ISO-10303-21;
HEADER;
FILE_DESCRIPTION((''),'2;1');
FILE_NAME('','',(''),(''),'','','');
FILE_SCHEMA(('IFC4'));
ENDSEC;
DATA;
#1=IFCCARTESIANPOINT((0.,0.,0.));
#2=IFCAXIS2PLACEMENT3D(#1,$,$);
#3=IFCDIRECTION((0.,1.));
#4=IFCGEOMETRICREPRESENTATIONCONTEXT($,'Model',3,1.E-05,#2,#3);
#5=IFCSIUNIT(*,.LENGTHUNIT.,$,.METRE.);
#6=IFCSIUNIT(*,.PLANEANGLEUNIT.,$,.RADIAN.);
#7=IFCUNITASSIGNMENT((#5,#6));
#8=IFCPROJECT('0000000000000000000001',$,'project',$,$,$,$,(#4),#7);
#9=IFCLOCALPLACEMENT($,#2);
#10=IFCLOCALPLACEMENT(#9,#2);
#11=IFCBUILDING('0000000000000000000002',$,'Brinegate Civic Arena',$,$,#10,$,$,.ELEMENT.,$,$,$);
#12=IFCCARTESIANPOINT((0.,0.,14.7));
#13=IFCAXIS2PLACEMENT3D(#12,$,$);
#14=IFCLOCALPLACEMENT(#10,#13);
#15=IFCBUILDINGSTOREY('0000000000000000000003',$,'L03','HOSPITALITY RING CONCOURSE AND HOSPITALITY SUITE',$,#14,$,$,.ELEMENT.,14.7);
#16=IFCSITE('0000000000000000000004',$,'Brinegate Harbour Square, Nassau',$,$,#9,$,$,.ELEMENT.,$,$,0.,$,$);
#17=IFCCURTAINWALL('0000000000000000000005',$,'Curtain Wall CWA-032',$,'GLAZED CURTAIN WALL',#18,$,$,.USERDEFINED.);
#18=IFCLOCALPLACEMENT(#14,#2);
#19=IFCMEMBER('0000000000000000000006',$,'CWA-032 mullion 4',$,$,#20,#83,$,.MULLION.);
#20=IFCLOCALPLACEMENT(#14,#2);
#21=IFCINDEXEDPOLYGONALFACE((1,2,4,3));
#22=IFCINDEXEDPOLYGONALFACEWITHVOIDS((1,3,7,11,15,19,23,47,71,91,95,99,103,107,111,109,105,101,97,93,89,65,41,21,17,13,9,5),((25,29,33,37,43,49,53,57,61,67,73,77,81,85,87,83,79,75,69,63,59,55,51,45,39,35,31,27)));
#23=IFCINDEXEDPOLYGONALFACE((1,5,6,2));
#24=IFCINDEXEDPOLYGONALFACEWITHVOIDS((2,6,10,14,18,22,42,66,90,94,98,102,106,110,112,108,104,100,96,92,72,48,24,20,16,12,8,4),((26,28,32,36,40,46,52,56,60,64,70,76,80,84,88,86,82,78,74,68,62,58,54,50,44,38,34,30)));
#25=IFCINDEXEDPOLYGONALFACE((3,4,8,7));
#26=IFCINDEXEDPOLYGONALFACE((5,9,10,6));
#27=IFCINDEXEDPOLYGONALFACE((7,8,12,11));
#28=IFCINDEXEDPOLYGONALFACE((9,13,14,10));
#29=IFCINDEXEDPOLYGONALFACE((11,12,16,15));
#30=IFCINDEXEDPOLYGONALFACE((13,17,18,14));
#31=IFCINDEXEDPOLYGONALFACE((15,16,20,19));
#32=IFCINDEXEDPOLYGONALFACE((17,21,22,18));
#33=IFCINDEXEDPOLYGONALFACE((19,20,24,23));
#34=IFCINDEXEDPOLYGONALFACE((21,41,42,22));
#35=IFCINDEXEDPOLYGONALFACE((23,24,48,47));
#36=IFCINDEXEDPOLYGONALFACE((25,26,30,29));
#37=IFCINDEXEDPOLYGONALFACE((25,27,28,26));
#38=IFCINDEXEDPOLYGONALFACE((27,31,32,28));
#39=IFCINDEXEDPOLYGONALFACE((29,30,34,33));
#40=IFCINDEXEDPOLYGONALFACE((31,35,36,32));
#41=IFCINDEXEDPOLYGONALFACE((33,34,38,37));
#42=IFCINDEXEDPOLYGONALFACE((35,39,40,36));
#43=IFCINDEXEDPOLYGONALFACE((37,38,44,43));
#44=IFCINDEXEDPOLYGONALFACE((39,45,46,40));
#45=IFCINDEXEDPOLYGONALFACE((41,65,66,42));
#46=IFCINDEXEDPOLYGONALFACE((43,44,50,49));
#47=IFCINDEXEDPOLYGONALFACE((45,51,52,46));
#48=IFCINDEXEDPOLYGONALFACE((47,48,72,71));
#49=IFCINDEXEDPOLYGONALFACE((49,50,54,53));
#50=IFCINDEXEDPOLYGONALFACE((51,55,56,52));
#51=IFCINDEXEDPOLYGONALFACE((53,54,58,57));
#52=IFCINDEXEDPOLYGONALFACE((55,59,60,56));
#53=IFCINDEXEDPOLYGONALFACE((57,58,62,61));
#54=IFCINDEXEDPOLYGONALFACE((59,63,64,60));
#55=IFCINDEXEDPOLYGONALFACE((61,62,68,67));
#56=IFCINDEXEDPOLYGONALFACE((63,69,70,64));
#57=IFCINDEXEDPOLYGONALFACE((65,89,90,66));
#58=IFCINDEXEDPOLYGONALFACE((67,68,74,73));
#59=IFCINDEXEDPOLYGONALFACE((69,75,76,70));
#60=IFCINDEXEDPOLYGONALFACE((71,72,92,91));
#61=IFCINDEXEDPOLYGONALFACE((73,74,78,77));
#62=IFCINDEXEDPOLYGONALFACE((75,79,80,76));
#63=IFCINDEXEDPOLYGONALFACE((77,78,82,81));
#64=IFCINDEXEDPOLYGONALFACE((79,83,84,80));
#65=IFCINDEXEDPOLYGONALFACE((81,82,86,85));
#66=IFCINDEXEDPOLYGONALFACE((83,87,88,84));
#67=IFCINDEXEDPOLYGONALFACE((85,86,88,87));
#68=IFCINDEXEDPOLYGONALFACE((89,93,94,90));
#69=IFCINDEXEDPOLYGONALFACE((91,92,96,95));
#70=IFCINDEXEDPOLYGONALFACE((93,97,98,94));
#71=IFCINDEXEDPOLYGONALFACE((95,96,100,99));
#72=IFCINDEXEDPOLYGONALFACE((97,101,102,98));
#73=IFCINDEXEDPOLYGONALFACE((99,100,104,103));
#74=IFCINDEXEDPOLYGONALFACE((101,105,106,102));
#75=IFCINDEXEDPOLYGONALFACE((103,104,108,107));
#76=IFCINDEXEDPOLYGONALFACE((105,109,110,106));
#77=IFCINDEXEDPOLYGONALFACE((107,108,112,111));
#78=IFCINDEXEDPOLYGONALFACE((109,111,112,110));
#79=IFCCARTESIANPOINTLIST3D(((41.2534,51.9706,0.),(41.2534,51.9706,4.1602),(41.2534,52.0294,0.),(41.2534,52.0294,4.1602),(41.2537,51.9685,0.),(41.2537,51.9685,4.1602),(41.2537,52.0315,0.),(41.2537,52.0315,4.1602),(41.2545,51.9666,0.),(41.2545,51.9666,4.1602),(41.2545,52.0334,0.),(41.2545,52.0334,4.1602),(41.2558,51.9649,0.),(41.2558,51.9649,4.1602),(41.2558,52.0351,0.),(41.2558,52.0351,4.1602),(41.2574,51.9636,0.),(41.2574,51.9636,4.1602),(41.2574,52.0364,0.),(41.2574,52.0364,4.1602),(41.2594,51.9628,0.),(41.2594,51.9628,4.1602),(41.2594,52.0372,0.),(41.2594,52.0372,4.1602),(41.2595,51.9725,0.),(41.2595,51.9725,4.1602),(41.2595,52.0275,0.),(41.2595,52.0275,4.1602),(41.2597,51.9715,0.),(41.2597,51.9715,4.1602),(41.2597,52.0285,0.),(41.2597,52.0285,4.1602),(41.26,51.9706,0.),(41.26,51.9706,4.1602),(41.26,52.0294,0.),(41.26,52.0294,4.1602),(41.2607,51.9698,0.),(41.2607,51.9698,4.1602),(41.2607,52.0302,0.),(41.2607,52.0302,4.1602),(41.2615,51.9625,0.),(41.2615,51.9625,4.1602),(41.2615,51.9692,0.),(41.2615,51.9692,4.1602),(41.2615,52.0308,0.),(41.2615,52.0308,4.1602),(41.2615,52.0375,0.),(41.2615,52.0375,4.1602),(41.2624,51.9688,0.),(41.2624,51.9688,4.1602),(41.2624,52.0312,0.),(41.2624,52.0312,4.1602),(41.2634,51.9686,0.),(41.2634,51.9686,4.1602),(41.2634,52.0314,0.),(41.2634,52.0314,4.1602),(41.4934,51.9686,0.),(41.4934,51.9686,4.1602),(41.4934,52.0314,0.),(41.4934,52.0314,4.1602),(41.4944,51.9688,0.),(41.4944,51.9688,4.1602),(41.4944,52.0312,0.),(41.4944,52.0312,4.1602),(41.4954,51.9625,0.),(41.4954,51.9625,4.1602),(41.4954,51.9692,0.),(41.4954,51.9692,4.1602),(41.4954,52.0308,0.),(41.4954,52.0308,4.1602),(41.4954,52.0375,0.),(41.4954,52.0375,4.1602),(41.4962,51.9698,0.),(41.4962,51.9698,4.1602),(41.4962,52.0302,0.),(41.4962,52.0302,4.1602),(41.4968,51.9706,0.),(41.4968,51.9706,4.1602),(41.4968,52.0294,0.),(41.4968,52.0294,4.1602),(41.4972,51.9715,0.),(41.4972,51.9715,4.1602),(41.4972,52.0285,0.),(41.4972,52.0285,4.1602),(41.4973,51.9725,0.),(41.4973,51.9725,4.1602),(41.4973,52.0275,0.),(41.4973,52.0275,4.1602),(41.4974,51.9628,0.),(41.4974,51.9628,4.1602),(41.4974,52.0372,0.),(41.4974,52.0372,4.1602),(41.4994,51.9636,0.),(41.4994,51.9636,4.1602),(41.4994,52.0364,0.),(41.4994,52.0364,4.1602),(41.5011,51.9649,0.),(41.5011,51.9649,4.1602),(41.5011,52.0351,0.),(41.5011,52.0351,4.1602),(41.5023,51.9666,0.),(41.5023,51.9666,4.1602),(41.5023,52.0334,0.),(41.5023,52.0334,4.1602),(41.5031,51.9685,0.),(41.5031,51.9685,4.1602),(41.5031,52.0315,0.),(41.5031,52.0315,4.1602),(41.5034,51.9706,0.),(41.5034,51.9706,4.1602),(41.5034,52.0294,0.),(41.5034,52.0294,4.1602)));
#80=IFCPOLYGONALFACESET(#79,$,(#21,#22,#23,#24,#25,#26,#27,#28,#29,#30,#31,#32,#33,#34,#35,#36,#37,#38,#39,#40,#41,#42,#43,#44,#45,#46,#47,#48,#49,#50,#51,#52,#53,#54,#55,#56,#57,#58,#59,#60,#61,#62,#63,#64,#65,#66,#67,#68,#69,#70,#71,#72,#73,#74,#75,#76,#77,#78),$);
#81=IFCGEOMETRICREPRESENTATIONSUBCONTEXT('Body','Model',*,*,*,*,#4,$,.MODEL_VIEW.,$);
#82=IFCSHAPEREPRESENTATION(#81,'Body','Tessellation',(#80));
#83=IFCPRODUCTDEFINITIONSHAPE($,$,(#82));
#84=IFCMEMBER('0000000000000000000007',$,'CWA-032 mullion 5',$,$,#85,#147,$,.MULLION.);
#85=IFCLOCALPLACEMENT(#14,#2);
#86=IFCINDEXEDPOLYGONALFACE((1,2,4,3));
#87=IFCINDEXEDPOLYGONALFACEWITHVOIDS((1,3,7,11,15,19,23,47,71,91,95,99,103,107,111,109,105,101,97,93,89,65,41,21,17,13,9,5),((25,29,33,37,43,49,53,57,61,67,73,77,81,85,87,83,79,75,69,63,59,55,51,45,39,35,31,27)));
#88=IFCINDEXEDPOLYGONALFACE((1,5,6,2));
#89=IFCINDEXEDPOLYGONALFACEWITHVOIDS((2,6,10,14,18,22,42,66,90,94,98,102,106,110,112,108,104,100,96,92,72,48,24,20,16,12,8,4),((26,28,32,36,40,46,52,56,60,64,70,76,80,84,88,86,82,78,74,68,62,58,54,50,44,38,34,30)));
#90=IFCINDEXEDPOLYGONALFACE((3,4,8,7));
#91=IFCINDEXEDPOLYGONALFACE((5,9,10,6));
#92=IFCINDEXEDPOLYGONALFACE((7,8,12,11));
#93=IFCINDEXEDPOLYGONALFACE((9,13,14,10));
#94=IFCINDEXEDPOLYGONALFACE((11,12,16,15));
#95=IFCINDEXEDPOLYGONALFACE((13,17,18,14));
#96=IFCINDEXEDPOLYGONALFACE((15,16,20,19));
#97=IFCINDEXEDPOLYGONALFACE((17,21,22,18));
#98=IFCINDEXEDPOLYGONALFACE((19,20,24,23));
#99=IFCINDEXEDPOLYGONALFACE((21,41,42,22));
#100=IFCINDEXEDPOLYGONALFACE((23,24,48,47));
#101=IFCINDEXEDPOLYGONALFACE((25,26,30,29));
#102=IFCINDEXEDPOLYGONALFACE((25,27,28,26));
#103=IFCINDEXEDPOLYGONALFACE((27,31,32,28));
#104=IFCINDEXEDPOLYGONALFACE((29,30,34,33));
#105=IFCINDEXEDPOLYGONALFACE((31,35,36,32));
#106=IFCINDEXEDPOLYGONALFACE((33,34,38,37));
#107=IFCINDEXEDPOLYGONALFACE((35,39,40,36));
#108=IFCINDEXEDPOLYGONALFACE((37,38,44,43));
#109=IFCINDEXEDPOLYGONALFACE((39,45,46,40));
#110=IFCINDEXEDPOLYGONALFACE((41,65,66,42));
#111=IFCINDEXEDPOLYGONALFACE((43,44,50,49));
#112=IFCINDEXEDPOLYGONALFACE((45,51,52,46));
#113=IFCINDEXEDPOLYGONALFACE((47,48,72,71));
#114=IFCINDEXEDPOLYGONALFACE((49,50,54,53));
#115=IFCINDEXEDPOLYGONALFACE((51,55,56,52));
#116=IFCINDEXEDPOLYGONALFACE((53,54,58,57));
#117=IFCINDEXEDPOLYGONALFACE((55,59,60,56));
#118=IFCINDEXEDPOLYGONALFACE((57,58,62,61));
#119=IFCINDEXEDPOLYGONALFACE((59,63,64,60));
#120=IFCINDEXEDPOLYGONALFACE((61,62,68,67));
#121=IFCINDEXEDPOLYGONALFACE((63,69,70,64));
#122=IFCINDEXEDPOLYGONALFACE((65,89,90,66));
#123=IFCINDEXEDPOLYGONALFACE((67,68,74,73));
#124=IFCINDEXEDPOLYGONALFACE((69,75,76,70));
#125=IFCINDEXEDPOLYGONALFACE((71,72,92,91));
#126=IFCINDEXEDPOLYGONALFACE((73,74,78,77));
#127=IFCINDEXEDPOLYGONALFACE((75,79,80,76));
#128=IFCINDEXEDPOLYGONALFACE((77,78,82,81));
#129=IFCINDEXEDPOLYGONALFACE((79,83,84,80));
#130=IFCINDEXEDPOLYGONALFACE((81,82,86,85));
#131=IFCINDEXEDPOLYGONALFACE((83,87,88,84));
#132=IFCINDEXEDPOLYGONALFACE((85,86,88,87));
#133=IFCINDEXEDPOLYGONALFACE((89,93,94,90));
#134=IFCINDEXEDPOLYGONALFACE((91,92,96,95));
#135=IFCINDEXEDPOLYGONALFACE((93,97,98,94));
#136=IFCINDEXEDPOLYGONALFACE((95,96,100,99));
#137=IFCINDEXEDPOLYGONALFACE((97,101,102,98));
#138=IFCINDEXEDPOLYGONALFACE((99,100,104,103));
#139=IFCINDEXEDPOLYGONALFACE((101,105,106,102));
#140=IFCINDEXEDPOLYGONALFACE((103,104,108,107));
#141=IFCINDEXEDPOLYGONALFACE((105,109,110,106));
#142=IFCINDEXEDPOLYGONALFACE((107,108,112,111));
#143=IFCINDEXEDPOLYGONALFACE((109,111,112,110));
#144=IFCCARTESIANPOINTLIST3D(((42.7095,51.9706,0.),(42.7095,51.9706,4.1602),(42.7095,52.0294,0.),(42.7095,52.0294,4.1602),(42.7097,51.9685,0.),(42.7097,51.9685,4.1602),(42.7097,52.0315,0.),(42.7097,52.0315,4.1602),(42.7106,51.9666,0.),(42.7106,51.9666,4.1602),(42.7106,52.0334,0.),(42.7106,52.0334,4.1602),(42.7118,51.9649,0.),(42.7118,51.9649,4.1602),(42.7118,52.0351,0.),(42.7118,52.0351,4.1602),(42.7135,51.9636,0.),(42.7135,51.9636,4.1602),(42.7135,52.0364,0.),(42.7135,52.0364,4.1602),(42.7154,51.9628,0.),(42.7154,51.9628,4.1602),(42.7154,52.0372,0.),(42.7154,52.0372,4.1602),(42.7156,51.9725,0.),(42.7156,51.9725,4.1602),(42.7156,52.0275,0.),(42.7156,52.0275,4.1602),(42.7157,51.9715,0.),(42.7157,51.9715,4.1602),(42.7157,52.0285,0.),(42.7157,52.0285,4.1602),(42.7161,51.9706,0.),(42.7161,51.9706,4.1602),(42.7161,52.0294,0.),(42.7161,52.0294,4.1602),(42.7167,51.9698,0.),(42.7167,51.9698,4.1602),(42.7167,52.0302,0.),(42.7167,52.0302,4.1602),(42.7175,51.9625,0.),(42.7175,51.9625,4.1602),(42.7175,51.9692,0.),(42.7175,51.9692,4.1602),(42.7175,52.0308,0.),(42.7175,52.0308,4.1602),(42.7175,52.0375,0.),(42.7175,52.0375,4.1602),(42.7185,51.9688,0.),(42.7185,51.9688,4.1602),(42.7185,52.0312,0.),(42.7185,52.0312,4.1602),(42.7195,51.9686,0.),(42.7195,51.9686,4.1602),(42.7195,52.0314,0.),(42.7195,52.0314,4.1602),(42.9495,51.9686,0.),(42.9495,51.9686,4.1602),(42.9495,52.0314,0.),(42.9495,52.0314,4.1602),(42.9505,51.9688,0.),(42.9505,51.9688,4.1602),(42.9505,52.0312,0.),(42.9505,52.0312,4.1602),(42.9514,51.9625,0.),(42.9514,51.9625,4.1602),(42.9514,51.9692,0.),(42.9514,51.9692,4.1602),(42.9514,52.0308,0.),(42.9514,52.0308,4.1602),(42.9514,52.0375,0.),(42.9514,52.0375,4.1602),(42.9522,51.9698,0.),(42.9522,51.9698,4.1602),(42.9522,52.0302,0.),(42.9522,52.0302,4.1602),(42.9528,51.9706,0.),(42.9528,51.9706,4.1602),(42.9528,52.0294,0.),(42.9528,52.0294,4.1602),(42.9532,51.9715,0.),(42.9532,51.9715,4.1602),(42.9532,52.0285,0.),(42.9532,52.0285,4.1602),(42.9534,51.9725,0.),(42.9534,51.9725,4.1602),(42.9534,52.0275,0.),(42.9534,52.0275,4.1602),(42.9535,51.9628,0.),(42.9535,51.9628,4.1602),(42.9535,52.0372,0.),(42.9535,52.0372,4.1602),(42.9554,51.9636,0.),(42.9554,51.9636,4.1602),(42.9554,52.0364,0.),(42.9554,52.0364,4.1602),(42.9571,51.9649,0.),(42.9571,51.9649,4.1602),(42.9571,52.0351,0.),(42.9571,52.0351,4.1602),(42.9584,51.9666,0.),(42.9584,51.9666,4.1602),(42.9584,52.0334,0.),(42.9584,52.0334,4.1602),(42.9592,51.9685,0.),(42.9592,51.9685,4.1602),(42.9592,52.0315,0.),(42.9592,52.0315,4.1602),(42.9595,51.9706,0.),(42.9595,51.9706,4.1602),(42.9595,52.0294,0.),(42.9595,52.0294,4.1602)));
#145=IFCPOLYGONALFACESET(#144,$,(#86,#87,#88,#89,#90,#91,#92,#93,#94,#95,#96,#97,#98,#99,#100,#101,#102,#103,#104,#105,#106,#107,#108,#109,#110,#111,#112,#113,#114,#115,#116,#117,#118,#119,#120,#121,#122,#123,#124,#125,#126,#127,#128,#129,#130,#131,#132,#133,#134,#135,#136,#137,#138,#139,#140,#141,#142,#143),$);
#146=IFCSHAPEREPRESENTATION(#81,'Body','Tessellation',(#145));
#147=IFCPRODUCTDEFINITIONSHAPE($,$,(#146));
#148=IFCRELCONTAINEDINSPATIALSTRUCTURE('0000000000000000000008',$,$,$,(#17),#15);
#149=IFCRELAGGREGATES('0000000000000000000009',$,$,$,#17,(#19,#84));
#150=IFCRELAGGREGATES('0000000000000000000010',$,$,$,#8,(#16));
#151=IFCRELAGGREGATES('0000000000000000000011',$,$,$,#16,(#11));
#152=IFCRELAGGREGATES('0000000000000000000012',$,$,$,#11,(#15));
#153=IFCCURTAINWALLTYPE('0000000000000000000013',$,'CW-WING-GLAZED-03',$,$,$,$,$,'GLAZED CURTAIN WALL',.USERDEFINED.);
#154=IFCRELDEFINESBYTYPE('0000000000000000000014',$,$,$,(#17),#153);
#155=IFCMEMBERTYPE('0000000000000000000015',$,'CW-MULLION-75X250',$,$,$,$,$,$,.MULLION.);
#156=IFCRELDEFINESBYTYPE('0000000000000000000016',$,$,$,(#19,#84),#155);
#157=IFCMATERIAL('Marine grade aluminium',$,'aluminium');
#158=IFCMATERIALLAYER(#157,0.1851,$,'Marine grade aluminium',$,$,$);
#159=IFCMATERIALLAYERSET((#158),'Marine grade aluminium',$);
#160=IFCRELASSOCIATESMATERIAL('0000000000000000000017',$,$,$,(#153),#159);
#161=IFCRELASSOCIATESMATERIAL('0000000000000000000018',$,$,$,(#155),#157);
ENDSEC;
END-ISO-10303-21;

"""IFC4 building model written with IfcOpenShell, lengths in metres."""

from ifc_helpers import new_model, si_unit, direction, frame, origin, origin_2d, place, context, subcontext, project, spatial, hollow_rectangle, extrude, material, layer, layer_set, material_profile, profile_set, type_object, element, aggregate, save


model = new_model("IFC4")

# Units and contexts
model_context = context("Model", 3, precision=1e-05, world=origin(), true_north=direction((0.0, 1.0)))
body_context = subcontext(model_context, "Body", "Model", "MODEL_VIEW")
ifc_project = project(units=[si_unit("LENGTHUNIT", "METRE"), si_unit("PLANEANGLEUNIT", "RADIAN")], contexts=[model_context])

# Site, building, storey
site_placement = place(None, origin())
site = spatial("IfcSite", under=ifc_project, at=site_placement, Name="Brinegate Harbour Square, Nassau", CompositionType="ELEMENT", RefElevation=0.0)
building_placement = place(site_placement, origin())
building = spatial("IfcBuilding", under=site, at=building_placement, Name="Brinegate Civic Arena", CompositionType="ELEMENT")
storey_placement = place(building_placement, frame((0.0, 0.0, 14.7)))
storey = spatial("IfcBuildingStorey", under=building, at=storey_placement, Name="L03", Description="HOSPITALITY RING CONCOURSE AND HOSPITALITY SUITE", CompositionType="ELEMENT", Elevation=14.7)

# Curtain wall, members
ifc_material_1 = material(Name="Marine grade aluminium", Category="aluminium")
ifc_layer_1 = layer(ifc_material_1, 0.1851, Name="Marine grade aluminium")
ifc_layer_set_1 = layer_set([ifc_layer_1], Name="Marine grade aluminium")
curtain_wall_type = type_object("IfcCurtainWallType", Name="CW-WING-GLAZED-03", ElementType="GLAZED CURTAIN WALL", PredefinedType="USERDEFINED", material=ifc_layer_set_1)
curtain_wall_placement = place(storey_placement, origin())
curtain_wall = element("IfcCurtainWall", 1, at=curtain_wall_placement, inside=storey, type_object=curtain_wall_type, Name="Curtain Wall CWA-032", ObjectType="GLAZED CURTAIN WALL", PredefinedType="USERDEFINED")
ifc_material_profile_1 = material_profile(ifc_material_1, hollow_rectangle(XDim=0.075, YDim=0.25, WallThickness=0.0061, InnerFilletRadius=0.0039, OuterFilletRadius=0.0081, at=origin_2d()), Name="MUL75X250")
ifc_profile_set_1 = profile_set([ifc_material_profile_1], Name="Marine grade aluminium")
member_type_1 = type_object("IfcMemberType", Name="CW-MULLION-75X250", PredefinedType="MULLION", material=ifc_profile_set_1)
member_1_placement = place(storey_placement, frame((41.3784, 52.0, 0.0), z_axis=(0.0, 0.0, 1.0), x_axis=(0.0, 1.0, 0.0)))
member_1 = element("IfcMember", 2, at=member_1_placement, type_object=member_type_1, Name="CWA-032 mullion 4", PredefinedType="MULLION", context=body_context, shape_type="SweptSolid", body=[
    extrude(hollow_rectangle(XDim=0.075, YDim=0.25, WallThickness=0.0061, InnerFilletRadius=0.0039, OuterFilletRadius=0.0081, at=origin_2d()), origin(), (0.0, 0.0, 1.0), 4.1602),
])
member_2_placement = place(storey_placement, frame((42.8345, 52.0, 0.0), z_axis=(0.0, 0.0, 1.0), x_axis=(0.0, 1.0, 0.0)))
member_2 = element("IfcMember", 3, at=member_2_placement, type_object=member_type_1, Name="CWA-032 mullion 5", PredefinedType="MULLION", context=body_context, shape_type="SweptSolid", body=[
    extrude(hollow_rectangle(XDim=0.075, YDim=0.25, WallThickness=0.0061, InnerFilletRadius=0.0039, OuterFilletRadius=0.0081, at=origin_2d()), origin(), (0.0, 0.0, 1.0), 4.1602),
])
aggregate(curtain_wall, [member_1, member_2])

save(model, "model.ifc")
